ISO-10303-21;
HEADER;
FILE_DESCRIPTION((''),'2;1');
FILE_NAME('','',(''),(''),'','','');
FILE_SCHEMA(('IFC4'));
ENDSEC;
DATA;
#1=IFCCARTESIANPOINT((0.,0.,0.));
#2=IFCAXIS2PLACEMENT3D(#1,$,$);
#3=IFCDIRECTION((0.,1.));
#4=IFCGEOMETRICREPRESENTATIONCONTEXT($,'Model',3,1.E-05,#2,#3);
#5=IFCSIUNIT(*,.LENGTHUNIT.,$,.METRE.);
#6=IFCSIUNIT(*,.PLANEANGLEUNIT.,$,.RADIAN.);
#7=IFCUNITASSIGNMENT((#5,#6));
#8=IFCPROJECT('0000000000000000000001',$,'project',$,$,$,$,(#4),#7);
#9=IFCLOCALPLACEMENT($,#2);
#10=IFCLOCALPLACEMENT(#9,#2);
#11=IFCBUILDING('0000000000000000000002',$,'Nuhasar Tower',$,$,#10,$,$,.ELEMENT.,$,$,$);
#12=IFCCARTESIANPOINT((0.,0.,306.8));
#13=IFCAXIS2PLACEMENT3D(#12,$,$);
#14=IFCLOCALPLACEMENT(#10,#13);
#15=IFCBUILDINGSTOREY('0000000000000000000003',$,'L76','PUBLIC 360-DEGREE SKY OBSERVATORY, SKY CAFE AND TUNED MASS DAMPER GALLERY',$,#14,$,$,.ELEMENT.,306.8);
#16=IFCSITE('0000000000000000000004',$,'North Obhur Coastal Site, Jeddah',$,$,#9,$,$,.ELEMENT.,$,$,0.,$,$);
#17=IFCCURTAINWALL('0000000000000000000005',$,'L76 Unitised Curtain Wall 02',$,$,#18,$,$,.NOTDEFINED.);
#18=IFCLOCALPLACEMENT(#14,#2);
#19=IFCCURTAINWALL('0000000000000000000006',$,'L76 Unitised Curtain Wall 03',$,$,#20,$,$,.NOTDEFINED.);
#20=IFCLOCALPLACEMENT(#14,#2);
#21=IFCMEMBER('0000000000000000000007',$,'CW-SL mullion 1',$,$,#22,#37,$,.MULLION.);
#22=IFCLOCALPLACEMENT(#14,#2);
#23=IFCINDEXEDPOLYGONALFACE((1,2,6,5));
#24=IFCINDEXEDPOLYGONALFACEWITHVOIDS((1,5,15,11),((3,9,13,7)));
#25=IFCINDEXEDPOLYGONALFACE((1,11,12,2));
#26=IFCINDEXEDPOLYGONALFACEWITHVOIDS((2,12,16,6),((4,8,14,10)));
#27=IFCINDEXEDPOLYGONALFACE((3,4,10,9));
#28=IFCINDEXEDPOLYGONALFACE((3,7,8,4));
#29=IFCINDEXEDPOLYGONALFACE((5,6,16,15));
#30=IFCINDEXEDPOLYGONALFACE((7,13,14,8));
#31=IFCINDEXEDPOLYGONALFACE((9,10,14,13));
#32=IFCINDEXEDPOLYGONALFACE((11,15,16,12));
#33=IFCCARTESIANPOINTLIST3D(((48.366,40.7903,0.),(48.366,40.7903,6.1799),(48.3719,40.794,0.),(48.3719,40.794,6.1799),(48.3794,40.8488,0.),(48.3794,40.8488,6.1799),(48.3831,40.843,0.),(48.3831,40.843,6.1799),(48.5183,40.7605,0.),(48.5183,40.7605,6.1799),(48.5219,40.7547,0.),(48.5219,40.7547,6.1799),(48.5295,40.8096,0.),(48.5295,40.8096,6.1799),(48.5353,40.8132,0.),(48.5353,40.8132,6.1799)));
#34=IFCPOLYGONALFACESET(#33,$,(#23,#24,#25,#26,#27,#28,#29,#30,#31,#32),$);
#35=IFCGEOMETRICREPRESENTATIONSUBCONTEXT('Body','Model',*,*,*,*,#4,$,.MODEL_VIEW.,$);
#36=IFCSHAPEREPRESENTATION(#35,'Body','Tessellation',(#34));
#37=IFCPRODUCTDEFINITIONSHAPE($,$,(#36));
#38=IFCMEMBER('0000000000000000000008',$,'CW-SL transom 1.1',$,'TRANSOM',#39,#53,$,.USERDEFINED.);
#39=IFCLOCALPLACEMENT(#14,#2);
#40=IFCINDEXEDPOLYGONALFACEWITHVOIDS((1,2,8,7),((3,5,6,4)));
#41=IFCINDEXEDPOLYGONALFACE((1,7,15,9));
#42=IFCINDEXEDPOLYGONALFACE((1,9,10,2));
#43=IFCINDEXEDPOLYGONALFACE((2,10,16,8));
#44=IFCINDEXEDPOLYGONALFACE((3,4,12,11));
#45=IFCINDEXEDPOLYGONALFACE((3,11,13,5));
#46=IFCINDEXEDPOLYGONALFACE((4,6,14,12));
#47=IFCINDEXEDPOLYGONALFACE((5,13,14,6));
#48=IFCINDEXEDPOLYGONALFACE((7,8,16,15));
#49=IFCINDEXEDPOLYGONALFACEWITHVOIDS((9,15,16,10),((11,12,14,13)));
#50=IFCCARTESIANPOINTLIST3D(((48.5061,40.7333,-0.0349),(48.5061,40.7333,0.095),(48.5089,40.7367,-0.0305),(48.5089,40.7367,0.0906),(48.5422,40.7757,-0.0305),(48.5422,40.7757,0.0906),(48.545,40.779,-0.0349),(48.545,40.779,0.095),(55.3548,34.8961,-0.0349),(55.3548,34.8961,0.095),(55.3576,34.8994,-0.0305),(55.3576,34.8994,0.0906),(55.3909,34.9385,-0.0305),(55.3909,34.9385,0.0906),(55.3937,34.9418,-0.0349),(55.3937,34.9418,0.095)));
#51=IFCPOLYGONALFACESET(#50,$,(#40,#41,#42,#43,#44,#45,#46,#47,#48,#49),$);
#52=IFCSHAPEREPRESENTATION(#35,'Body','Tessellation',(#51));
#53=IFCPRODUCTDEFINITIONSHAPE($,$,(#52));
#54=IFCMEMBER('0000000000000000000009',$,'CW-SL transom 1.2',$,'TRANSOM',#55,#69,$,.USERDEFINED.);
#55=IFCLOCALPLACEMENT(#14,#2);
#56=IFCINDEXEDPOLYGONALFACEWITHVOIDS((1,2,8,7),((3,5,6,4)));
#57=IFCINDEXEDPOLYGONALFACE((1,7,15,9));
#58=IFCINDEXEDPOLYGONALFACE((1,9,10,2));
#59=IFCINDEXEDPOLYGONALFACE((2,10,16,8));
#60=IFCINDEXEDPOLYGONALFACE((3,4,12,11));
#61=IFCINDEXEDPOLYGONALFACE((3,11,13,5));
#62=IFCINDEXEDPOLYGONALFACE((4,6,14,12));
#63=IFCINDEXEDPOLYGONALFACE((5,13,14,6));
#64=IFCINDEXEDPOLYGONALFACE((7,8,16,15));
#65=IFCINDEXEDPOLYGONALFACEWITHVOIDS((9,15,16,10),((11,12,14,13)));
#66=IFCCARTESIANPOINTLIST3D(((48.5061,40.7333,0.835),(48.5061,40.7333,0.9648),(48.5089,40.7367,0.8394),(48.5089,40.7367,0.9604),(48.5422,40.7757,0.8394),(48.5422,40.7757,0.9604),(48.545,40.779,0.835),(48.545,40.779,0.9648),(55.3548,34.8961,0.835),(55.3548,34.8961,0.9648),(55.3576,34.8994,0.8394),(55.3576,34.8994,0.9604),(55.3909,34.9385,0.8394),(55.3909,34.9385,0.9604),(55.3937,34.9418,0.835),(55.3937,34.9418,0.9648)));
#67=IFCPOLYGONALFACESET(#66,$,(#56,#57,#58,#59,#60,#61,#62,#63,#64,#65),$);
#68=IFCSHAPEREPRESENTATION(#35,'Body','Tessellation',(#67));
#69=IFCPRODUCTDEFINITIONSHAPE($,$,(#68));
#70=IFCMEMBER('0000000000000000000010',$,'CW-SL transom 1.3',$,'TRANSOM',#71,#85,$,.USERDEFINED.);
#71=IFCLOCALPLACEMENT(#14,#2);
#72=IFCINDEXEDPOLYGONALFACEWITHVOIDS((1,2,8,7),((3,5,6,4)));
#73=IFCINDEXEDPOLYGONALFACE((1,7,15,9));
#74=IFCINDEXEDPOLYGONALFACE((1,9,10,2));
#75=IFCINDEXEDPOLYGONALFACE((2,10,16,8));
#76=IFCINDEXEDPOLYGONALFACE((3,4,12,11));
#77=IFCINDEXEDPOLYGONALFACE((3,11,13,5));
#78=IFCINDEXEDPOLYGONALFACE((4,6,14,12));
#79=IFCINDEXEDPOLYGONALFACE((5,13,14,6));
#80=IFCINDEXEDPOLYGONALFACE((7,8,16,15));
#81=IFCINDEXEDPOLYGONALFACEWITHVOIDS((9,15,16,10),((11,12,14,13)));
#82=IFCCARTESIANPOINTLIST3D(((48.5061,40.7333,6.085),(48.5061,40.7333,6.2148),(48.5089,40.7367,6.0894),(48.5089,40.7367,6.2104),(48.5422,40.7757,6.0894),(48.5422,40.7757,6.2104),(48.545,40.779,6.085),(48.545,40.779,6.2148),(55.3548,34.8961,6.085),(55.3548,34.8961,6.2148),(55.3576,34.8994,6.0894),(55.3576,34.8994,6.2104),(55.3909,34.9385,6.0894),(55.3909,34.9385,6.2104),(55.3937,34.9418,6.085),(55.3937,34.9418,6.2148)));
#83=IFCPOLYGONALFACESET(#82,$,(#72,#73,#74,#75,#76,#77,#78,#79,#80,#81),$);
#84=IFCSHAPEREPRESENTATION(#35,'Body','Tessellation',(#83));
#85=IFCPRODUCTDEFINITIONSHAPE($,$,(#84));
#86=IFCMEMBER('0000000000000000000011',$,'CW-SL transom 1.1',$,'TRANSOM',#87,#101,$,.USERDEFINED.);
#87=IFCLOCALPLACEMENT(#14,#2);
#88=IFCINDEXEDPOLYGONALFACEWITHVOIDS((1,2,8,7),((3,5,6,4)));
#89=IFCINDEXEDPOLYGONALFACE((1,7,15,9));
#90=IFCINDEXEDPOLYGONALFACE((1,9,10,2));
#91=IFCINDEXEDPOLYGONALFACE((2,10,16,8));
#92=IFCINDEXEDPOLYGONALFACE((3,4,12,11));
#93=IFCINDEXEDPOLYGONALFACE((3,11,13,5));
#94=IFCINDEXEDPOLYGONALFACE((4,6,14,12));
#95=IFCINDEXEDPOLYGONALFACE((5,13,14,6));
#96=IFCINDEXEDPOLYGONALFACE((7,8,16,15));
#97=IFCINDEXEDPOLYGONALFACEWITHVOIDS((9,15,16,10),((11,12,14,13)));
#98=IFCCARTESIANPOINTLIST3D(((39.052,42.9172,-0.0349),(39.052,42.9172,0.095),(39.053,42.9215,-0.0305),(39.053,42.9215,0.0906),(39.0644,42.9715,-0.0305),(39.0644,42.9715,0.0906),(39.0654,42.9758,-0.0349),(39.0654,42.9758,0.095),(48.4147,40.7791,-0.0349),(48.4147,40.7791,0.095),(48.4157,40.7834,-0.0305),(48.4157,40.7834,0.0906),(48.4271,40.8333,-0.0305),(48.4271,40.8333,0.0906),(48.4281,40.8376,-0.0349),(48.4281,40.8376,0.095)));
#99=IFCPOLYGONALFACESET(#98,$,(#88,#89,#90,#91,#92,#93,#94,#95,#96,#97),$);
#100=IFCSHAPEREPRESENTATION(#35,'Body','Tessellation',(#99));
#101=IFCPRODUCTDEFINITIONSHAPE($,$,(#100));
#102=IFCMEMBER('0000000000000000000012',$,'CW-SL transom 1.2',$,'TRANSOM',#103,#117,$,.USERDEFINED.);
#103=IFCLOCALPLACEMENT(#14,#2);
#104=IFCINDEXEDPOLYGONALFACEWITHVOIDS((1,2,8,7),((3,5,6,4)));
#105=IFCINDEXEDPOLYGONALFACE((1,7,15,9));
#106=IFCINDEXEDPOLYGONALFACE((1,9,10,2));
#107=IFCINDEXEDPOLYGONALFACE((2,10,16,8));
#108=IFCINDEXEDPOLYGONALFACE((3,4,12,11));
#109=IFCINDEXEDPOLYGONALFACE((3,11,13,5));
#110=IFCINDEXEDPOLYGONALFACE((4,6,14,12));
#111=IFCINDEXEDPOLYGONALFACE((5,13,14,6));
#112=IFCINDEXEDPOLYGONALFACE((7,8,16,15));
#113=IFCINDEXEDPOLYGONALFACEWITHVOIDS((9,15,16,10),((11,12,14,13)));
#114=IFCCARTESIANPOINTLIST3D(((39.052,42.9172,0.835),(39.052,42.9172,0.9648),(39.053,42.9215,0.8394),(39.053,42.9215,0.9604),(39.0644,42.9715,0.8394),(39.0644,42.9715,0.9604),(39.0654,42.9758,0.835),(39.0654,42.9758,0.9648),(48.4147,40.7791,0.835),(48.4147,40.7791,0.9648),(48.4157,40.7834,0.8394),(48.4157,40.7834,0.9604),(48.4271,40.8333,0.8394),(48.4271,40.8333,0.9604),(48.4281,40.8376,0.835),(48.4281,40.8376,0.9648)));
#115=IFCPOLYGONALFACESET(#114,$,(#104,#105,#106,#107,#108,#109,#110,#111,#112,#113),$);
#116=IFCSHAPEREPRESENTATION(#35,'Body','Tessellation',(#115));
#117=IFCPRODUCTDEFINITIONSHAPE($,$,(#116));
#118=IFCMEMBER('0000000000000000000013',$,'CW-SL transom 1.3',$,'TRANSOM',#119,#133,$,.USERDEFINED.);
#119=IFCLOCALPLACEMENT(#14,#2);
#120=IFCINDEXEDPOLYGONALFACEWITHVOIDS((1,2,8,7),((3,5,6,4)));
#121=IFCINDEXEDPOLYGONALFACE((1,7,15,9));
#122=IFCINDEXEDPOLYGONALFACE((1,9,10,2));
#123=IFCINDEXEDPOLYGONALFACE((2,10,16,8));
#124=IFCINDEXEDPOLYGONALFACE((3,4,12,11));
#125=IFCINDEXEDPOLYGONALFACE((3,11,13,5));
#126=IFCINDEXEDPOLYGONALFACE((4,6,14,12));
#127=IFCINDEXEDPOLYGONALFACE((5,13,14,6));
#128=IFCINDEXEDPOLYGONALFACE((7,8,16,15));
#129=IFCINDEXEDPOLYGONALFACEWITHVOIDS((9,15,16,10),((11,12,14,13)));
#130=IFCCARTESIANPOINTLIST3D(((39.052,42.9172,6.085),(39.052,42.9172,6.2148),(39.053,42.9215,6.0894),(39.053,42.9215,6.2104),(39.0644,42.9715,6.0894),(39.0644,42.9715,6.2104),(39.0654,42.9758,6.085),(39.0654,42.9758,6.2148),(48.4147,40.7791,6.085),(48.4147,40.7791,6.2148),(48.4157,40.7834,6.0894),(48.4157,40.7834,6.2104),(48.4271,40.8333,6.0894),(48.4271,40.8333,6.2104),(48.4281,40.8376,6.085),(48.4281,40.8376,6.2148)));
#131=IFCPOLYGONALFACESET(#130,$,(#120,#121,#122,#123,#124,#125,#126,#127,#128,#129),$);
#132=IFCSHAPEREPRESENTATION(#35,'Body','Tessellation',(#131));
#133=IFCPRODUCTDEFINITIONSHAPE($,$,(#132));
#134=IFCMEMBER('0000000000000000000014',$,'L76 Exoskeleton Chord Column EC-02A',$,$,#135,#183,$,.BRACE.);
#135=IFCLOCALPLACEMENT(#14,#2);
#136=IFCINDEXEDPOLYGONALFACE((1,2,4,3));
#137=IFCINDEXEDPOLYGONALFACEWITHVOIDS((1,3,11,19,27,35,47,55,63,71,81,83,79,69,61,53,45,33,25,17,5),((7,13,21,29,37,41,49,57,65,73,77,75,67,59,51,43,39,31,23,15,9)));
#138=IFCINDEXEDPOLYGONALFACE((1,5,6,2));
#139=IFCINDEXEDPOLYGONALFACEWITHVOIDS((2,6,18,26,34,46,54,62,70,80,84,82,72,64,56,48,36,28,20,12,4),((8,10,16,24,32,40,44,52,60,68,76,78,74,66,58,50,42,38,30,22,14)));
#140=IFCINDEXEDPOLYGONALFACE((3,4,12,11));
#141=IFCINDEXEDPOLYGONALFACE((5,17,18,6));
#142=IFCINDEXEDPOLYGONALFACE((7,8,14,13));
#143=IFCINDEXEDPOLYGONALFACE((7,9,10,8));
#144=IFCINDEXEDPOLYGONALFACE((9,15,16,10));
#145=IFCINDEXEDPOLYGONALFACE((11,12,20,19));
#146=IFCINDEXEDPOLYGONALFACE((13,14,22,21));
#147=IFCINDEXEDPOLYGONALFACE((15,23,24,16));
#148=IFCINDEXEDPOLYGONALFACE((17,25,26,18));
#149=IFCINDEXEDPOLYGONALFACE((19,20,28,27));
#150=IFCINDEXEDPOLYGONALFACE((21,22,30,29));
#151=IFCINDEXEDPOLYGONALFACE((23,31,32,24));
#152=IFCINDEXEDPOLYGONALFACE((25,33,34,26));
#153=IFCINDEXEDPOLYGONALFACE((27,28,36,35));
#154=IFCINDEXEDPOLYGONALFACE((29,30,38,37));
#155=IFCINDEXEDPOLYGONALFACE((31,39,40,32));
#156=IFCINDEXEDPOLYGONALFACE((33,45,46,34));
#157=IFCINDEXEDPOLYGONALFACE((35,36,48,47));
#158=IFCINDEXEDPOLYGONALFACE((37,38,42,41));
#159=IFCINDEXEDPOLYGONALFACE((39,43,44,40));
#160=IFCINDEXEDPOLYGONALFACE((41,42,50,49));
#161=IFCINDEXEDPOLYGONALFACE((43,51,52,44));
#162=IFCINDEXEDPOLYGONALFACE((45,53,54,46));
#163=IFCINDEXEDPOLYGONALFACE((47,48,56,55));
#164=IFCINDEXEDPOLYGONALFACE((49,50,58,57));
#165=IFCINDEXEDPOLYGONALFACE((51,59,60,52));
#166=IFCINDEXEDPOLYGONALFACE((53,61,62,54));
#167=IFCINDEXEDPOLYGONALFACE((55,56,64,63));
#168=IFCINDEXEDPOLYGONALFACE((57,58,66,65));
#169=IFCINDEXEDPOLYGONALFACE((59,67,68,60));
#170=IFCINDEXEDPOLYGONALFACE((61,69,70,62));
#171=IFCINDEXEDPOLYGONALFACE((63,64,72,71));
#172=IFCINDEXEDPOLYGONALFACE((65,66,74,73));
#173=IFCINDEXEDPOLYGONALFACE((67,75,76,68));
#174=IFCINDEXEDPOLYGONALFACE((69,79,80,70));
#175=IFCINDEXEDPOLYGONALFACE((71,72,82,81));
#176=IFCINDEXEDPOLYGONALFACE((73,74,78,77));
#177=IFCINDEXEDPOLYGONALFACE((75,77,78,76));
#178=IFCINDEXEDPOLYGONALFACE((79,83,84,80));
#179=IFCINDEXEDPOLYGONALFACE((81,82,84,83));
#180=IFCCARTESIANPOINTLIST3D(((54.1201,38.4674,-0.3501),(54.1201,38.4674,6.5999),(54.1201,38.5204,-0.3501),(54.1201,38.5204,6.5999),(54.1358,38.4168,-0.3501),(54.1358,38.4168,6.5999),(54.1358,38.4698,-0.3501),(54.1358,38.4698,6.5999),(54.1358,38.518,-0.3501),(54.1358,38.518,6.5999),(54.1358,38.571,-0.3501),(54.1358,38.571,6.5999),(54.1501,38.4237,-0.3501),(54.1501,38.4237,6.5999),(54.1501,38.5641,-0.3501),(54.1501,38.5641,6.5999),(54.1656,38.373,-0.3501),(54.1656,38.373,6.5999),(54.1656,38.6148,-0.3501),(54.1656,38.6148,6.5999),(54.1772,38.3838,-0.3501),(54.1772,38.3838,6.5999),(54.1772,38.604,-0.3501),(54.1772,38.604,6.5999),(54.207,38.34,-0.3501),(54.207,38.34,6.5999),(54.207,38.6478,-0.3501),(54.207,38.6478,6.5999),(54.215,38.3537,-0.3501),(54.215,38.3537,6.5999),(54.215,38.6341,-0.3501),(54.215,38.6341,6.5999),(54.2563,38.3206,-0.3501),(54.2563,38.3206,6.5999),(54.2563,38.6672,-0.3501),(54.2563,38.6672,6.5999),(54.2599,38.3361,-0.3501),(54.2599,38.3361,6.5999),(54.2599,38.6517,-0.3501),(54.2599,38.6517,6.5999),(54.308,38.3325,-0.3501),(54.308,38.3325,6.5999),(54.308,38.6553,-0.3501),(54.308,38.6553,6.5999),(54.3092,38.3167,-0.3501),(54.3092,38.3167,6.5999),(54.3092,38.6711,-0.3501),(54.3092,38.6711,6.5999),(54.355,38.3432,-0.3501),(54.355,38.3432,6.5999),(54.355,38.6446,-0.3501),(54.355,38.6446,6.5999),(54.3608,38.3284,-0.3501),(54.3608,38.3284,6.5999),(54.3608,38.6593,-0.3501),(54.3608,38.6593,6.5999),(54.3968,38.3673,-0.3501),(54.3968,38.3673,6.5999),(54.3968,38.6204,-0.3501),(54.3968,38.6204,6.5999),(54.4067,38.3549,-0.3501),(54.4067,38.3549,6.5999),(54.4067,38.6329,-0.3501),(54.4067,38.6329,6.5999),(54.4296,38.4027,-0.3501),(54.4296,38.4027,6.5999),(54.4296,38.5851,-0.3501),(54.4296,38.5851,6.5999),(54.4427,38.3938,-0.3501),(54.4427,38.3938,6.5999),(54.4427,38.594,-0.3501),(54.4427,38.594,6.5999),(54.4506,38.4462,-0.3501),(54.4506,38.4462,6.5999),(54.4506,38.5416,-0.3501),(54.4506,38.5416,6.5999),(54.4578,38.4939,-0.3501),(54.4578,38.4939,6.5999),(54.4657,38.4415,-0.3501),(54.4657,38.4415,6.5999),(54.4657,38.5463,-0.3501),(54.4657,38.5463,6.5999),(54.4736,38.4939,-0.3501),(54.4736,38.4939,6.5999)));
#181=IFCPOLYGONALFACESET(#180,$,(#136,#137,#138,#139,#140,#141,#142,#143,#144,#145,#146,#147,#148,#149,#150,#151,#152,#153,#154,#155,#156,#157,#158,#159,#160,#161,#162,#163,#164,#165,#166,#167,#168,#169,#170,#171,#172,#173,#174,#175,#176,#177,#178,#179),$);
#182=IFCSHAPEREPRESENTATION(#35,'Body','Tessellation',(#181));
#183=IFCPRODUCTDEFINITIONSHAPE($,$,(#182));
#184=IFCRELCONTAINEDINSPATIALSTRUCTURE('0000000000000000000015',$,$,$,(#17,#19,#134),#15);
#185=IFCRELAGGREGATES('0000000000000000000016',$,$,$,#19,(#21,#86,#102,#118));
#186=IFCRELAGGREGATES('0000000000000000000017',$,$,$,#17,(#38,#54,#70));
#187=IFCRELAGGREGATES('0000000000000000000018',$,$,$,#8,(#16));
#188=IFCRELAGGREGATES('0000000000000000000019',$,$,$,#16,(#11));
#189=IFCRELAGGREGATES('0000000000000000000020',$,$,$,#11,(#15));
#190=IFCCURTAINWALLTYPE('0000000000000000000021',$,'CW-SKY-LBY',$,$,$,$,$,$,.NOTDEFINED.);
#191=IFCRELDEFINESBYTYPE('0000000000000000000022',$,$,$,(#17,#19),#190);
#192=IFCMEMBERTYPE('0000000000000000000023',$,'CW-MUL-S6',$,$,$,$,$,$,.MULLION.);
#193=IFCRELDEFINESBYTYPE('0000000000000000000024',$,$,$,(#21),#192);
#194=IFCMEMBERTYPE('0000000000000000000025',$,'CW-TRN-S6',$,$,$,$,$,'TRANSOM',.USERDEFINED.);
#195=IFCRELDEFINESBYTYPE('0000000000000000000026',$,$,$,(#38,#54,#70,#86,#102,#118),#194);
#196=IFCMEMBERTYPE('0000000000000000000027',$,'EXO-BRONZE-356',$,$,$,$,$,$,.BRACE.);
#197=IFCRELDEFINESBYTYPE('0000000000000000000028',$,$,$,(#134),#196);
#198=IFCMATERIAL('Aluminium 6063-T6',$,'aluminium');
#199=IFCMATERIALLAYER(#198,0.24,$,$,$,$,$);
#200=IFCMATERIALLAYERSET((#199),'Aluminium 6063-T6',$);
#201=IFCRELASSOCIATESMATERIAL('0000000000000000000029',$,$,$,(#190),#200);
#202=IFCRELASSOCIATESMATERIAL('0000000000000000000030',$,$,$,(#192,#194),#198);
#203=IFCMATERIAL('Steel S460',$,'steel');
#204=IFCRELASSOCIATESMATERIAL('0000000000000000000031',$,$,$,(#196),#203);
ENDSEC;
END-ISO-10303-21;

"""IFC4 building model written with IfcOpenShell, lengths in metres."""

from ifc_helpers import new_model, si_unit, direction, frame, origin, origin_2d, place, context, subcontext, project, spatial, hollow_rectangle, hollow_circle, extrude, material, layer, layer_set, material_profile, profile_set, type_object, element, aggregate, save


model = new_model("IFC4")

# Units and contexts
model_context = context("Model", 3, precision=1e-05, world=origin(), true_north=direction((0.0, 1.0)))
body_context = subcontext(model_context, "Body", "Model", "MODEL_VIEW")
ifc_project = project(units=[si_unit("LENGTHUNIT", "METRE"), si_unit("PLANEANGLEUNIT", "RADIAN")], contexts=[model_context])

# Site, building, storey
site_placement = place(None, origin())
site = spatial("IfcSite", under=ifc_project, at=site_placement, Name="North Obhur Coastal Site, Jeddah", CompositionType="ELEMENT", RefElevation=0.0)
building_placement = place(site_placement, origin())
building = spatial("IfcBuilding", under=site, at=building_placement, Name="Nuhasar Tower", CompositionType="ELEMENT")
storey_placement = place(building_placement, frame((0.0, 0.0, 306.8)))
storey = spatial("IfcBuildingStorey", under=building, at=storey_placement, Name="L76", Description="PUBLIC 360-DEGREE SKY OBSERVATORY, SKY CAFE AND TUNED MASS DAMPER GALLERY", CompositionType="ELEMENT", Elevation=306.8)

# Shared definitions
ifc_material_1 = material(Name="Steel S460", Category="steel")

# Shared definitions
ifc_material_2 = material(Name="Aluminium 6063-T6", Category="aluminium")
ifc_layer_1 = layer(ifc_material_2, 0.24)
ifc_layer_set_1 = layer_set([ifc_layer_1], Name="Aluminium 6063-T6")
curtain_wall_type = type_object("IfcCurtainWallType", Name="CW-SKY-LBY", PredefinedType="NOTDEFINED", material=ifc_layer_set_1)
ifc_material_profile_1 = material_profile(ifc_material_2, hollow_rectangle(XDim=0.0601, YDim=0.1599, WallThickness=0.0049, at=origin_2d()), Name="CWM-6")
ifc_profile_set_1 = profile_set([ifc_material_profile_1], Name="Aluminium 6063-T6")
member_type_1 = type_object("IfcMemberType", Name="CW-MUL-S6", PredefinedType="MULLION", material=ifc_profile_set_1)

# Curtain wall
curtain_wall_1_placement = place(storey_placement, origin())
curtain_wall_1 = element("IfcCurtainWall", 1, at=curtain_wall_1_placement, inside=storey, type_object=curtain_wall_type, Name="L76 Unitised Curtain Wall 02", PredefinedType="NOTDEFINED")

# Curtain wall, member
curtain_wall_2_placement = place(storey_placement, origin())
curtain_wall_2 = element("IfcCurtainWall", 2, at=curtain_wall_2_placement, inside=storey, type_object=curtain_wall_type, Name="L76 Unitised Curtain Wall 03", PredefinedType="NOTDEFINED")
member_1_placement = place(storey_placement, frame((48.4507, 40.8018, 0.0), z_axis=(0.0, 0.0, 1.0), x_axis=(-0.222643, -0.9749, 0.0)))
member_1 = element("IfcMember", 3, at=member_1_placement, type_object=member_type_1, Name="CW-SL mullion 1", PredefinedType="MULLION", context=body_context, shape_type="SweptSolid", body=[
    extrude(hollow_rectangle(XDim=0.0601, YDim=0.1599, WallThickness=0.0049, at=origin_2d()), origin(), (0.0, 0.0, 1.0), 6.1799),
])

# Members
ifc_material_profile_2 = material_profile(ifc_material_2, hollow_rectangle(XDim=0.0601, YDim=0.1299, WallThickness=0.0044, at=origin_2d()), Name="CWT-6")
ifc_profile_set_2 = profile_set([ifc_material_profile_2], Name="Aluminium 6063-T6")
member_type_2 = type_object("IfcMemberType", Name="CW-TRN-S6", ElementType="TRANSOM", PredefinedType="USERDEFINED", material=ifc_profile_set_2)
member_2_placement = place(storey_placement, frame((55.3743, 34.9189, 0.03), z_axis=(-0.761071, 0.648668, 0.0), x_axis=(-0.648668, -0.761071, 0.0)))
member_2 = element("IfcMember", 4, at=member_2_placement, type_object=member_type_2, Name="CW-SL transom 1.1", ObjectType="TRANSOM", PredefinedType="USERDEFINED", context=body_context, shape_type="SweptSolid", body=[
    extrude(hollow_rectangle(XDim=0.0601, YDim=0.1299, WallThickness=0.0044, at=origin_2d()), origin(), (0.0, 0.0, 1.0), 8.9988),
])
member_3_placement = place(storey_placement, frame((55.3743, 34.9189, 0.8999), z_axis=(-0.761071, 0.648668, 0.0), x_axis=(-0.648668, -0.761071, 0.0)))
member_3 = element("IfcMember", 5, at=member_3_placement, type_object=member_type_2, Name="CW-SL transom 1.2", ObjectType="TRANSOM", PredefinedType="USERDEFINED", context=body_context, shape_type="SweptSolid", body=[
    extrude(hollow_rectangle(XDim=0.0601, YDim=0.1299, WallThickness=0.0044, at=origin_2d()), origin(), (0.0, 0.0, 1.0), 8.9988),
])
member_4_placement = place(storey_placement, frame((55.3743, 34.9189, 6.1499), z_axis=(-0.761071, 0.648668, 0.0), x_axis=(-0.648668, -0.761071, 0.0)))
member_4 = element("IfcMember", 6, at=member_4_placement, type_object=member_type_2, Name="CW-SL transom 1.3", ObjectType="TRANSOM", PredefinedType="USERDEFINED", context=body_context, shape_type="SweptSolid", body=[
    extrude(hollow_rectangle(XDim=0.0601, YDim=0.1299, WallThickness=0.0044, at=origin_2d()), origin(), (0.0, 0.0, 1.0), 8.9988),
])
member_5_placement = place(storey_placement, frame((48.4214, 40.8083, 0.03), z_axis=(-0.974901, 0.222638, 0.0), x_axis=(-0.222638, -0.974901, 0.0)))
member_5 = element("IfcMember", 7, at=member_5_placement, type_object=member_type_2, Name="CW-SL transom 1.1", ObjectType="TRANSOM", PredefinedType="USERDEFINED", context=body_context, shape_type="SweptSolid", body=[
    extrude(hollow_rectangle(XDim=0.0601, YDim=0.1299, WallThickness=0.0044, at=origin_2d()), origin(), (0.0, 0.0, 1.0), 9.6038),
])
member_6_placement = place(storey_placement, frame((48.4214, 40.8083, 0.8999), z_axis=(-0.974901, 0.222638, 0.0), x_axis=(-0.222638, -0.974901, 0.0)))
member_6 = element("IfcMember", 8, at=member_6_placement, type_object=member_type_2, Name="CW-SL transom 1.2", ObjectType="TRANSOM", PredefinedType="USERDEFINED", context=body_context, shape_type="SweptSolid", body=[
    extrude(hollow_rectangle(XDim=0.0601, YDim=0.1299, WallThickness=0.0044, at=origin_2d()), origin(), (0.0, 0.0, 1.0), 9.6038),
])
member_7_placement = place(storey_placement, frame((48.4214, 40.8083, 6.1499), z_axis=(-0.974901, 0.222638, 0.0), x_axis=(-0.222638, -0.974901, 0.0)))
member_7 = element("IfcMember", 9, at=member_7_placement, type_object=member_type_2, Name="CW-SL transom 1.3", ObjectType="TRANSOM", PredefinedType="USERDEFINED", context=body_context, shape_type="SweptSolid", body=[
    extrude(hollow_rectangle(XDim=0.0601, YDim=0.1299, WallThickness=0.0044, at=origin_2d()), origin(), (0.0, 0.0, 1.0), 9.6038),
])
aggregate(curtain_wall_2, [member_1, member_5, member_6, member_7])

# Member
ifc_material_profile_3 = material_profile(ifc_material_1, hollow_circle(Radius=0.1777, WallThickness=0.0159, at=origin_2d()), Name="HSS355.6X15.9")
ifc_profile_set_3 = profile_set([ifc_material_profile_3], Name="Steel S460")
member_type_3 = type_object("IfcMemberType", Name="EXO-BRONZE-356", PredefinedType="BRACE", material=ifc_profile_set_3)
for number, where, z_axis, x_axis, name in (
    (10, (54.2959, 38.4939, -0.3501), (0.0, 0.0, 1.0), (1.0, 0.0, 0.0), "L76 Exoskeleton Chord Column EC-02A"),
):
    element("IfcMember", number, at=place(storey_placement, frame(where, z_axis=z_axis, x_axis=x_axis)), inside=storey, type_object=member_type_3, Name=name, PredefinedType="BRACE", context=body_context, shape_type="SweptSolid", body=[
        extrude(hollow_circle(Radius=0.1777, WallThickness=0.0159, at=origin_2d()), origin(), (0.0, 0.0, 1.0), 6.95),
    ])

aggregate(curtain_wall_1, [member_2, member_3, member_4])

save(model, "model.ifc")
